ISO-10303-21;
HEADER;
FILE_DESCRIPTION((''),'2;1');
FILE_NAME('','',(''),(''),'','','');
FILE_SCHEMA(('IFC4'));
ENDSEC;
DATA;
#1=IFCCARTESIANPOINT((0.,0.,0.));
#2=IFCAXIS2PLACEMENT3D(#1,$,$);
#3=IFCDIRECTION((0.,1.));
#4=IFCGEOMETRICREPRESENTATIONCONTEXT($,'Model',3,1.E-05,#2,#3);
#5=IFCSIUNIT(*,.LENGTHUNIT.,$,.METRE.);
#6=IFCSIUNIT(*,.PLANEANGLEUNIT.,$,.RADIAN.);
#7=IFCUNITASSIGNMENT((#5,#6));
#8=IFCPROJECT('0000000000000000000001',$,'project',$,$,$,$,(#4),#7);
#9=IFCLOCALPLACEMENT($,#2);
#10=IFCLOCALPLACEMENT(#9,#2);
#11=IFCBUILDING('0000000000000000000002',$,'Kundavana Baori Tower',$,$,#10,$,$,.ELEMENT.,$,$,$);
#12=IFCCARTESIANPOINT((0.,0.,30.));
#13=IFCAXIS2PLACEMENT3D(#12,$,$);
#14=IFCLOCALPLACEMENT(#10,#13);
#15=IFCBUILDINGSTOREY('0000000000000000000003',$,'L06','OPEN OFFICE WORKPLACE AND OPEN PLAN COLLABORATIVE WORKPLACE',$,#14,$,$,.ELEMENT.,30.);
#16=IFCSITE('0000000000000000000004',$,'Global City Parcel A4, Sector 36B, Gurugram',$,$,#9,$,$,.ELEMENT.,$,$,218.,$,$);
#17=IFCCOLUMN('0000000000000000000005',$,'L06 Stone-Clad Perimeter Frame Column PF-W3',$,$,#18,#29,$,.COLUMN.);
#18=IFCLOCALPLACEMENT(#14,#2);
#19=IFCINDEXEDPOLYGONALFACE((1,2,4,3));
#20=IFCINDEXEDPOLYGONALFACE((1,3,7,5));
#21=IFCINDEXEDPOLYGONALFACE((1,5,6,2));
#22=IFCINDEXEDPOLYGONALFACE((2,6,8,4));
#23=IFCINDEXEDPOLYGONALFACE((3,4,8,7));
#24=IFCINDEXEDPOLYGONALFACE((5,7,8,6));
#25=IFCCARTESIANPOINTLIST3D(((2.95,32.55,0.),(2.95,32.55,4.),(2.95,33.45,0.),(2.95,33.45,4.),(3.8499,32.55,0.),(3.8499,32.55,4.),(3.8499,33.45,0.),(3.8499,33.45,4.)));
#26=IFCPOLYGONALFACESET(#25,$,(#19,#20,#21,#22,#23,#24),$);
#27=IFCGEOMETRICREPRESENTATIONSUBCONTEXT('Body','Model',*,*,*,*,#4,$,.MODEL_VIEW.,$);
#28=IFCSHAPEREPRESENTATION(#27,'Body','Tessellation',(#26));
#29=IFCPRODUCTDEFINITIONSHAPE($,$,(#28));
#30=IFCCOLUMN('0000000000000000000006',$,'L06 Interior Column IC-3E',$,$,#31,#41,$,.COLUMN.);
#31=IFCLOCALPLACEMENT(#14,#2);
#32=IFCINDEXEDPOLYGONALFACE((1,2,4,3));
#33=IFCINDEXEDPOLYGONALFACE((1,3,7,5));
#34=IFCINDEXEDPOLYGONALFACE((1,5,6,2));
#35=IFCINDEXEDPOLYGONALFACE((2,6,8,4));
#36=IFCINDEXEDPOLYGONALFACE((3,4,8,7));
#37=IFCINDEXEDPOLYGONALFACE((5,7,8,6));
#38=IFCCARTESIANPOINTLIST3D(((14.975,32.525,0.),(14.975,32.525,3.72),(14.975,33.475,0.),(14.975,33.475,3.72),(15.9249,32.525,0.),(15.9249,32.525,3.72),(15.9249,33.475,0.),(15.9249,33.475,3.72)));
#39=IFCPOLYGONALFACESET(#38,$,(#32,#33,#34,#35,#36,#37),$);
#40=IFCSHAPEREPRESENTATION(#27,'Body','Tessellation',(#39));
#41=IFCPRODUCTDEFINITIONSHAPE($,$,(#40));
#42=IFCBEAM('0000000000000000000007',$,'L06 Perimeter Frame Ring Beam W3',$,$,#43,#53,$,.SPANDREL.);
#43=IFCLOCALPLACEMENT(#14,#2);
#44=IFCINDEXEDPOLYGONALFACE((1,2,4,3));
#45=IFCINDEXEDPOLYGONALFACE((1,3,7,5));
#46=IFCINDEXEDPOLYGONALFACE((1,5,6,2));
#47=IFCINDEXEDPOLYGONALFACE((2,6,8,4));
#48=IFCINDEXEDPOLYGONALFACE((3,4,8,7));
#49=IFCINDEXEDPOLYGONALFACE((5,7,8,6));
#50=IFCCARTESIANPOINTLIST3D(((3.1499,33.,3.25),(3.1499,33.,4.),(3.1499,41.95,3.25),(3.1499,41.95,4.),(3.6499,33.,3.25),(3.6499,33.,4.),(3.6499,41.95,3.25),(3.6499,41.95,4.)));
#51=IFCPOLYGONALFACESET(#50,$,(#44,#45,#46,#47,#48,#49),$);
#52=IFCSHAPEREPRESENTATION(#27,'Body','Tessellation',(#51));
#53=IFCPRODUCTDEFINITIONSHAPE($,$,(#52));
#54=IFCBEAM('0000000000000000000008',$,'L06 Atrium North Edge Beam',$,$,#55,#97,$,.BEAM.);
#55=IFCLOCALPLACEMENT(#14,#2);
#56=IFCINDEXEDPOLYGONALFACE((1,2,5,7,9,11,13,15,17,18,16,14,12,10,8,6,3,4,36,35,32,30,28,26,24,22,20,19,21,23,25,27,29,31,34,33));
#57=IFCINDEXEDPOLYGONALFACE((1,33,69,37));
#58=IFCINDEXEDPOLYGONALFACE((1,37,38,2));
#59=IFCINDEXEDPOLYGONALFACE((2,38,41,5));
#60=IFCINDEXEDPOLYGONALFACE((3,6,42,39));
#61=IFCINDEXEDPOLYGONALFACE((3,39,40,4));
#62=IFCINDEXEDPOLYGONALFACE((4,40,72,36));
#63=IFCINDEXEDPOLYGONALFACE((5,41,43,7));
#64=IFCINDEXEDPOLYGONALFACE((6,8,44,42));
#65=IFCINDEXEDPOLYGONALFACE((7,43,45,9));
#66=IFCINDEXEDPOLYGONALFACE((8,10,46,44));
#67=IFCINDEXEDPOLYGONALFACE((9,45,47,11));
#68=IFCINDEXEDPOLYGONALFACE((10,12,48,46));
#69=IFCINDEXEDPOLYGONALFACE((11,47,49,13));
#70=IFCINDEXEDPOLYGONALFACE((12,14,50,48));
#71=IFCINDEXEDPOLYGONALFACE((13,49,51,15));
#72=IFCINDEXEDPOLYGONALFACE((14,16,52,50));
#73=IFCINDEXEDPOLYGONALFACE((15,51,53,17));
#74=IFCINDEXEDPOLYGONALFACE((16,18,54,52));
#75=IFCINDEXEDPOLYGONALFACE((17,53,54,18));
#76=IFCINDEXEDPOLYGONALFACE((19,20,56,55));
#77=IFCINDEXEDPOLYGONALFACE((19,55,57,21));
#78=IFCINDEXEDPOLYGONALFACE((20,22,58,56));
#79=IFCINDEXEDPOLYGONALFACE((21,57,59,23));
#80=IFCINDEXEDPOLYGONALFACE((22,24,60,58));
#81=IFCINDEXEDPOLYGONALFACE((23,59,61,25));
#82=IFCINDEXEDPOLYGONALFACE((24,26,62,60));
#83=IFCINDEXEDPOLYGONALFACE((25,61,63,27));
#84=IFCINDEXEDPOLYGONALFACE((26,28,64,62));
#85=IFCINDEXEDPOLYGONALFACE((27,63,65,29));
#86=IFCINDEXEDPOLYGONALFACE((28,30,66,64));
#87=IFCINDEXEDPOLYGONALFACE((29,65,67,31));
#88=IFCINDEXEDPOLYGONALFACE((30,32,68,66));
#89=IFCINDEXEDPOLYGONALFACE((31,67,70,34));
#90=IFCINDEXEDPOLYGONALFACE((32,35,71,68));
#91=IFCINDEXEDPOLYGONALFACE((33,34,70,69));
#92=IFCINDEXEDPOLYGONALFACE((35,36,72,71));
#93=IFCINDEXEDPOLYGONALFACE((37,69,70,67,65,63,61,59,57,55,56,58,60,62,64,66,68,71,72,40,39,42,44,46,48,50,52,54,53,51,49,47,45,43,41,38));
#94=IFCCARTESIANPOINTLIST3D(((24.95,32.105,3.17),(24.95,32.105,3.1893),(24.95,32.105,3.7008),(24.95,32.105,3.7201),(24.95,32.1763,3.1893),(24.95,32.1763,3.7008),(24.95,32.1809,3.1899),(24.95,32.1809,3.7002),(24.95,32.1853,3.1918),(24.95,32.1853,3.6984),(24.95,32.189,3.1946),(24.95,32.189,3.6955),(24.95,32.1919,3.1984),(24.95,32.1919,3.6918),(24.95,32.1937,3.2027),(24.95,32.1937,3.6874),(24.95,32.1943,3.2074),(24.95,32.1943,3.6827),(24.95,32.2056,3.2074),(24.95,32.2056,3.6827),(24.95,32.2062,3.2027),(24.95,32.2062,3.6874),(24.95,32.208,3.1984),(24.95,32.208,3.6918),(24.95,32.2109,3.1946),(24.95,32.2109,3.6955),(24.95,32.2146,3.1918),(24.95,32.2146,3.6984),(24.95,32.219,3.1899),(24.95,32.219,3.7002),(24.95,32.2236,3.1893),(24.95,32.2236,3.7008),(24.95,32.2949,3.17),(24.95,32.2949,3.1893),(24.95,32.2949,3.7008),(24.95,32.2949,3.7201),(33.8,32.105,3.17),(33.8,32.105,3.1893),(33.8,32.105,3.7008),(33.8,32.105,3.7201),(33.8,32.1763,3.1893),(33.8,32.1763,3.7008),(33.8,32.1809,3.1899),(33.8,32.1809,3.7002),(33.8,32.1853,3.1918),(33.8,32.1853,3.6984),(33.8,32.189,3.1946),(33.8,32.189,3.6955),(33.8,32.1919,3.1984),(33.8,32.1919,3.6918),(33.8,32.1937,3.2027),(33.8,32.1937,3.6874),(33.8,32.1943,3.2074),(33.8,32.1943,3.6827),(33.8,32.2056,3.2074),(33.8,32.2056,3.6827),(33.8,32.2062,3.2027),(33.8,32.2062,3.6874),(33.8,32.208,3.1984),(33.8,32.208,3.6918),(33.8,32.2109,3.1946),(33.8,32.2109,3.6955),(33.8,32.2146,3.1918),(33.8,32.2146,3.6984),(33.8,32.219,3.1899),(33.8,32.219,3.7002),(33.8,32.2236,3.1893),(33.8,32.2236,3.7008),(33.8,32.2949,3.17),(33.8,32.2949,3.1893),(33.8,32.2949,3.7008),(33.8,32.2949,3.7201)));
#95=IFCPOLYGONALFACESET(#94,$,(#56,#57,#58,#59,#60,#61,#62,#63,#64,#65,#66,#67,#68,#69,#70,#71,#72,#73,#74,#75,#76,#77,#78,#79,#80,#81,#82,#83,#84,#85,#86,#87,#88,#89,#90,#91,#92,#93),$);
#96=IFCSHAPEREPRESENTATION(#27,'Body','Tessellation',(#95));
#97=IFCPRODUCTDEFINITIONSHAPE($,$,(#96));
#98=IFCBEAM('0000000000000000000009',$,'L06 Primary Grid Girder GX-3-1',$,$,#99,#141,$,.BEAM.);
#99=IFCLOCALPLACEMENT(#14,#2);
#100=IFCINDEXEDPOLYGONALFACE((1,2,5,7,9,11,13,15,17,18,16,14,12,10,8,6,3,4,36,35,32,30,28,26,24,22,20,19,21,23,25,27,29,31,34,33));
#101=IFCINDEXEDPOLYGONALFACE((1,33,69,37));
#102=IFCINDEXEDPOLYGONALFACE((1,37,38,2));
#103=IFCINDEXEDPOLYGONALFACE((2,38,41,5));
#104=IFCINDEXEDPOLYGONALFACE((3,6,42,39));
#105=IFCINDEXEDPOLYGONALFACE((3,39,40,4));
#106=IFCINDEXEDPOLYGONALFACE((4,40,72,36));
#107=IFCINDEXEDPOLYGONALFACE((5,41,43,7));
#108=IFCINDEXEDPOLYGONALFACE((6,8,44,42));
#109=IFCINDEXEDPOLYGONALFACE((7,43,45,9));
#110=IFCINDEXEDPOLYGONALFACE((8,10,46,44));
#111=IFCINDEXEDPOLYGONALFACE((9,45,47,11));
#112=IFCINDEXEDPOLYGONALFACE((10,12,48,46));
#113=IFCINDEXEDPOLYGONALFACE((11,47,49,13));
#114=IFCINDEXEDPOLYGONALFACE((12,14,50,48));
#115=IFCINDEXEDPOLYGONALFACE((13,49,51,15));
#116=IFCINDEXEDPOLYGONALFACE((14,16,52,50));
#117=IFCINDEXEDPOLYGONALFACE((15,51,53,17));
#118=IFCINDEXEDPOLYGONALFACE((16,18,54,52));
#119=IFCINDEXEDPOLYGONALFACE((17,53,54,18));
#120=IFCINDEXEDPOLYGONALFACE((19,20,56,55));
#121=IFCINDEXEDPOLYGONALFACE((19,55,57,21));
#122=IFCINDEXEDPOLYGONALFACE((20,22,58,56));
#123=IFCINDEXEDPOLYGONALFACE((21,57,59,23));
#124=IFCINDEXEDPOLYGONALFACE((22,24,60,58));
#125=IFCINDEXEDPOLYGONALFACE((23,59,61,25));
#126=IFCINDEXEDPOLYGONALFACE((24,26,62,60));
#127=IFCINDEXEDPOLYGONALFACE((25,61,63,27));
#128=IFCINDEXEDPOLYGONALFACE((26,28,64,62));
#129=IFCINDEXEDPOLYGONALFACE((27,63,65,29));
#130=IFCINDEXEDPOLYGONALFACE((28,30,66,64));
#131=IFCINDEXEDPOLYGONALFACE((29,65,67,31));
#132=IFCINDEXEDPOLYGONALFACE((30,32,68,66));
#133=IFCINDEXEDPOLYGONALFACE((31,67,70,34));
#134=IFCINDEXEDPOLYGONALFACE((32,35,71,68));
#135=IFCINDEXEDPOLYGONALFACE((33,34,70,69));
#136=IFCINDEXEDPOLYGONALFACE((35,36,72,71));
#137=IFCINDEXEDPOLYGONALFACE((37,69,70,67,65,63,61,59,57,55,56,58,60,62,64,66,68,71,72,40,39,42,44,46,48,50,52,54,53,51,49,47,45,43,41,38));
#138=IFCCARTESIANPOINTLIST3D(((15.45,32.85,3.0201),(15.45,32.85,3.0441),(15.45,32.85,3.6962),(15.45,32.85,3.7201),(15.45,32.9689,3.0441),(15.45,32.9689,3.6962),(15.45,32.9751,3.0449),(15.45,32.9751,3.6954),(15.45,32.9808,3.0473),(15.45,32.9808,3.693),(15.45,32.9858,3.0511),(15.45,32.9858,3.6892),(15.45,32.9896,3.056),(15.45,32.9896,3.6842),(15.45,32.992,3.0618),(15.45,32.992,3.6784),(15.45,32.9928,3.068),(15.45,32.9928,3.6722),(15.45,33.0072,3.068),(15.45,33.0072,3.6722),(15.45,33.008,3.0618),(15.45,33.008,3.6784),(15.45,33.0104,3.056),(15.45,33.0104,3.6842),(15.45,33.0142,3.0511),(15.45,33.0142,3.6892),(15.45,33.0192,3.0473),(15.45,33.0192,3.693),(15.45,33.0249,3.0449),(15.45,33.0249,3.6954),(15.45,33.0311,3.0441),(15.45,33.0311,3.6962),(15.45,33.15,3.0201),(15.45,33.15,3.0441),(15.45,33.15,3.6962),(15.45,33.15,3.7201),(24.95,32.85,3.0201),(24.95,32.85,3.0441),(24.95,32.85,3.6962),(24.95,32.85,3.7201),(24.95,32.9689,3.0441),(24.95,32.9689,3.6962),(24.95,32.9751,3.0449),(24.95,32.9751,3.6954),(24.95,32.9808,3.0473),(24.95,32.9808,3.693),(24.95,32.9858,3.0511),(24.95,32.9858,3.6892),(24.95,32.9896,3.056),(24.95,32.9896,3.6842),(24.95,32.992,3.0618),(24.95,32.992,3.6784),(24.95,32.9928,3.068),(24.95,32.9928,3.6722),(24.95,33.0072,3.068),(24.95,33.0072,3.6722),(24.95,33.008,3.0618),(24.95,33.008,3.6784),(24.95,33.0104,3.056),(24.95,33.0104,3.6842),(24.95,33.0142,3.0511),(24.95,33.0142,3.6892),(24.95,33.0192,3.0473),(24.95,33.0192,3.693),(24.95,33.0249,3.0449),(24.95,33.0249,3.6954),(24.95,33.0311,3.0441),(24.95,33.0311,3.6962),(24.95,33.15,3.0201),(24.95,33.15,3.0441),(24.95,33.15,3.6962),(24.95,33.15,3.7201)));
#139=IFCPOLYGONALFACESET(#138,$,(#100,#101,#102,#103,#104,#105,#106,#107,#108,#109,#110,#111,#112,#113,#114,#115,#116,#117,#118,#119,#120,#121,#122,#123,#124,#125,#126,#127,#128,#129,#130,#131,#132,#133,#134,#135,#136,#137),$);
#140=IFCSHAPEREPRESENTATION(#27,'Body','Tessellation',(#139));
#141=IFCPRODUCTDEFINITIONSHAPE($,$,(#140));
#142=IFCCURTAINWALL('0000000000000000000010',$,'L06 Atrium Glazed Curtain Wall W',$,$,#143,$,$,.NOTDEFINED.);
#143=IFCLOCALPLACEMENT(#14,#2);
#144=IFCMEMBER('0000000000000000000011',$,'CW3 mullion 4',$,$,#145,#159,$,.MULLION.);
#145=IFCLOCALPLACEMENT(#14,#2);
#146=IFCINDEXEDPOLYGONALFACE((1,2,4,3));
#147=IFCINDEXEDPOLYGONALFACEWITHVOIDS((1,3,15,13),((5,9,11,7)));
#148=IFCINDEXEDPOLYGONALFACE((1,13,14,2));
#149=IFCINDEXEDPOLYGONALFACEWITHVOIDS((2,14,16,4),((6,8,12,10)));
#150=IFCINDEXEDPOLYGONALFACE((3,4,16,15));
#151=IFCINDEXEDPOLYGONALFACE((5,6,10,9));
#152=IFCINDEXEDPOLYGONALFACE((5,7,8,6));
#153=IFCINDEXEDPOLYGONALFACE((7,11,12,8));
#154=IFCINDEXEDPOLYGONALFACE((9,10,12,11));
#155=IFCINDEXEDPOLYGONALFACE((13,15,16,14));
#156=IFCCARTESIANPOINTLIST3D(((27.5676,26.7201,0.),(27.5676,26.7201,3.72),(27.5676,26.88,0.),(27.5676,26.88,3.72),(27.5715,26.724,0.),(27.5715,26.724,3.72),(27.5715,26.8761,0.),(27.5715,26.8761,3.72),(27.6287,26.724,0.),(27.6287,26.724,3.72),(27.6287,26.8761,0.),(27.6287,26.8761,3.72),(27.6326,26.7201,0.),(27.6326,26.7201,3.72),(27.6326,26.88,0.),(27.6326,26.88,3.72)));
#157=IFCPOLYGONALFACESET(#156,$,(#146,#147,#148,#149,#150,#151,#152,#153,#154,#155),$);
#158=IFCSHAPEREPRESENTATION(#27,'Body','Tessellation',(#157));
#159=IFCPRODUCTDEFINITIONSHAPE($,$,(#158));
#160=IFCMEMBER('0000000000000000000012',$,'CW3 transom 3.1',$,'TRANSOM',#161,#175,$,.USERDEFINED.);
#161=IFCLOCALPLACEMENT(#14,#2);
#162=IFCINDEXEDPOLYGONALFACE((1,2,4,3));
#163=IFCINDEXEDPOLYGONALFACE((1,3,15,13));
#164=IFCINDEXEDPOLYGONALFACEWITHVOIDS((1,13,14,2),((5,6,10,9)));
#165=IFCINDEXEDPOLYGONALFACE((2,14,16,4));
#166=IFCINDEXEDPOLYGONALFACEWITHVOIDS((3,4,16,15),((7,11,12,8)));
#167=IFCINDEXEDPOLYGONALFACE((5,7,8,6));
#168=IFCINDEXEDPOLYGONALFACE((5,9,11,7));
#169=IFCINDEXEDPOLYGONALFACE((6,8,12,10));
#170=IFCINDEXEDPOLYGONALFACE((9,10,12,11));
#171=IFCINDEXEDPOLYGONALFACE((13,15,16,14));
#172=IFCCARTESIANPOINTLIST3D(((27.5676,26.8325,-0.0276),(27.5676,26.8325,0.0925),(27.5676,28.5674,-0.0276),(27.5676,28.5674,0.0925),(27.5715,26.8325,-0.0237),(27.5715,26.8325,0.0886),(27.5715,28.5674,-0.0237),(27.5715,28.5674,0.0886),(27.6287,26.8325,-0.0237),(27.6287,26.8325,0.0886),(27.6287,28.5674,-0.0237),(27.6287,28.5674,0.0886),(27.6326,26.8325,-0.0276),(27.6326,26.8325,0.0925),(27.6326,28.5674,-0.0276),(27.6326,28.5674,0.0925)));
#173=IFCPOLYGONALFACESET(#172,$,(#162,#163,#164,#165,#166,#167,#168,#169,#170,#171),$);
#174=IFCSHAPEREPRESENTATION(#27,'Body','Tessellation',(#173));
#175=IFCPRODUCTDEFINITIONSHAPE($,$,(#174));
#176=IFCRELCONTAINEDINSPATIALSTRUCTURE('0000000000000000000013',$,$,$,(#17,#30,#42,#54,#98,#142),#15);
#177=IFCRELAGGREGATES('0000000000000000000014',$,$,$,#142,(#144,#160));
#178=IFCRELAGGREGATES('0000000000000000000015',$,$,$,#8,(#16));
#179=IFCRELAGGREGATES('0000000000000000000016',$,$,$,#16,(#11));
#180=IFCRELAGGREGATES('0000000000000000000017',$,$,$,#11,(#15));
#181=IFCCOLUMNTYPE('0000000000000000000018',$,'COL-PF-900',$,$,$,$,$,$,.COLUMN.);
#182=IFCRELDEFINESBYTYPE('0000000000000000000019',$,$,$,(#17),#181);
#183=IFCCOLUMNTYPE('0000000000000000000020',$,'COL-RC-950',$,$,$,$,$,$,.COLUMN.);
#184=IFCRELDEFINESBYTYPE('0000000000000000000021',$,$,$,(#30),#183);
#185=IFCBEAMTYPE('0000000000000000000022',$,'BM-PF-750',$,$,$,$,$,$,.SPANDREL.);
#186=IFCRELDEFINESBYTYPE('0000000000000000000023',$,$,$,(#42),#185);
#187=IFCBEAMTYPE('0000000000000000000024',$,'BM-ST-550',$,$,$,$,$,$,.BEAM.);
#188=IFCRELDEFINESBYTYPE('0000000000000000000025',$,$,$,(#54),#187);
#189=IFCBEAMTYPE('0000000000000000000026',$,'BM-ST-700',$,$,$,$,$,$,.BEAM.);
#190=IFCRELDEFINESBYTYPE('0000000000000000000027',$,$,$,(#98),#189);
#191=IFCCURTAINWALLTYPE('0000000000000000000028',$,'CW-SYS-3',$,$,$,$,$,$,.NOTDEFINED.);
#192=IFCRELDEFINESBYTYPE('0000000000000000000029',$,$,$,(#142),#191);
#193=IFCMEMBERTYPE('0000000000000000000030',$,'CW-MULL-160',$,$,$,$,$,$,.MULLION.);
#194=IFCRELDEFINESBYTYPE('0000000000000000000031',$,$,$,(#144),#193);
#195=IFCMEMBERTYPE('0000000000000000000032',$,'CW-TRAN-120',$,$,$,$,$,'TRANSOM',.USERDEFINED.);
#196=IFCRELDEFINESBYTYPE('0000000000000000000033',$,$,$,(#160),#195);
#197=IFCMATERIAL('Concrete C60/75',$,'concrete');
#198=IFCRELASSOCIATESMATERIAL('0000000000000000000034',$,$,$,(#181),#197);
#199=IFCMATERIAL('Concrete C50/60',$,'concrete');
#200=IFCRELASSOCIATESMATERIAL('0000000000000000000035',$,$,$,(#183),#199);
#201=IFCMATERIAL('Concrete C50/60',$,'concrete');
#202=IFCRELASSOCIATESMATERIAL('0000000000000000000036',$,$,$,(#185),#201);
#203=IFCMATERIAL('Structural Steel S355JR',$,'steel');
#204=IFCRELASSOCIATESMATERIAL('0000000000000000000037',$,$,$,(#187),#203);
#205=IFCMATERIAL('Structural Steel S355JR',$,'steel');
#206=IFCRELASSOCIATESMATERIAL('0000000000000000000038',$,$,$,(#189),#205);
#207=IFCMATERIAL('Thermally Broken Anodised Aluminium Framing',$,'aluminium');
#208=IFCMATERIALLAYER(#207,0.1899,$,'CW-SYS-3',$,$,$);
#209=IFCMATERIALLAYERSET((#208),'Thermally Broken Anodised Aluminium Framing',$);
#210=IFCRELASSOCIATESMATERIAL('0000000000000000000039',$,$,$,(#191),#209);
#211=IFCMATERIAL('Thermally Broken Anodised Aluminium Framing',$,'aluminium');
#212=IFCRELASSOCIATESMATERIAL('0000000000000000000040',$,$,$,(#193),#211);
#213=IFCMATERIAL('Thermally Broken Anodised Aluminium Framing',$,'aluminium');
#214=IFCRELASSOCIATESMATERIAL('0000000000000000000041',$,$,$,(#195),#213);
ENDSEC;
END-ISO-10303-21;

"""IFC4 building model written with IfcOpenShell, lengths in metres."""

from ifc_helpers import new_model, si_unit, direction, frame, origin, origin_2d, place, context, subcontext, project, spatial, rectangle, hollow_rectangle, i_section, extrude, material, layer, layer_set, material_profile, profile_set, type_object, element, aggregate, save


model = new_model("IFC4")

# Units and contexts
model_context = context("Model", 3, precision=1e-05, world=origin(), true_north=direction((0.0, 1.0)))
body_context = subcontext(model_context, "Body", "Model", "MODEL_VIEW")
ifc_project = project(units=[si_unit("LENGTHUNIT", "METRE"), si_unit("PLANEANGLEUNIT", "RADIAN")], contexts=[model_context])

# Site, building, storey
site_placement = place(None, origin())
site = spatial("IfcSite", under=ifc_project, at=site_placement, Name="Global City Parcel A4, Sector 36B, Gurugram", CompositionType="ELEMENT", RefElevation=218.0)
building_placement = place(site_placement, origin())
building = spatial("IfcBuilding", under=site, at=building_placement, Name="Kundavana Baori Tower", CompositionType="ELEMENT")
storey_placement = place(building_placement, frame((0.0, 0.0, 30.0)))
storey = spatial("IfcBuildingStorey", under=building, at=storey_placement, Name="L06", Description="OPEN OFFICE WORKPLACE AND OPEN PLAN COLLABORATIVE WORKPLACE", CompositionType="ELEMENT", Elevation=30.0)

# Columns
ifc_material_1 = material(Name="Concrete C60/75", Category="concrete")
ifc_material_profile_1 = material_profile(ifc_material_1, rectangle(XDim=0.8999, YDim=0.8999, at=origin_2d()), Name="RC PF 900x900")
ifc_profile_set_1 = profile_set([ifc_material_profile_1], Name="Concrete C60/75")
column_type_1 = type_object("IfcColumnType", Name="COL-PF-900", PredefinedType="COLUMN", material=ifc_profile_set_1)
column_1_placement = place(storey_placement, frame((3.3999, 33.0, 0.0), z_axis=(0.0, 0.0, 1.0), x_axis=(1.0, 0.0, 0.0)))
element("IfcColumn", 1, at=column_1_placement, inside=storey, type_object=column_type_1, Name="L06 Stone-Clad Perimeter Frame Column PF-W3", PredefinedType="COLUMN", context=body_context, shape_type="SweptSolid", body=[
    extrude(rectangle(XDim=0.8999, YDim=0.8999, at=origin_2d()), origin(), (0.0, 0.0, 1.0), 4.0),
])
ifc_material_2 = material(Name="Concrete C50/60", Category="concrete")
ifc_material_profile_2 = material_profile(ifc_material_2, rectangle(XDim=0.95, YDim=0.95, at=origin_2d()), Name="RC 950x950")
ifc_profile_set_2 = profile_set([ifc_material_profile_2], Name="Concrete C50/60")
column_type_2 = type_object("IfcColumnType", Name="COL-RC-950", PredefinedType="COLUMN", material=ifc_profile_set_2)
column_2_placement = place(storey_placement, frame((15.45, 33.0, 0.0), z_axis=(0.0, 0.0, 1.0), x_axis=(1.0, 0.0, 0.0)))
element("IfcColumn", 2, at=column_2_placement, inside=storey, type_object=column_type_2, Name="L06 Interior Column IC-3E", PredefinedType="COLUMN", context=body_context, shape_type="SweptSolid", body=[
    extrude(rectangle(XDim=0.95, YDim=0.95, at=origin_2d()), origin(), (0.0, 0.0, 1.0), 3.72),
])

# Beams
ifc_material_3 = material(Name="Concrete C50/60", Category="concrete")
ifc_material_profile_3 = material_profile(ifc_material_3, rectangle(XDim=0.5, YDim=0.75, at=origin_2d()), Name="RC BM 500x750")
ifc_profile_set_3 = profile_set([ifc_material_profile_3], Name="Concrete C50/60")
beam_type_1 = type_object("IfcBeamType", Name="BM-PF-750", PredefinedType="SPANDREL", material=ifc_profile_set_3)
beam_1_placement = place(storey_placement, frame((3.3999, 33.0, 3.625), z_axis=(0.0, 1.0, 0.0), x_axis=(-1.0, 0.0, 0.0)))
element("IfcBeam", 3, at=beam_1_placement, inside=storey, type_object=beam_type_1, Name="L06 Perimeter Frame Ring Beam W3", PredefinedType="SPANDREL", context=body_context, shape_type="SweptSolid", body=[
    extrude(rectangle(XDim=0.5, YDim=0.75, at=origin_2d()), origin(), (0.0, 0.0, 1.0), 8.95),
])
ifc_material_4 = material(Name="Structural Steel S355JR", Category="steel")
ifc_material_profile_4 = material_profile(ifc_material_4, i_section(OverallWidth=0.1899, OverallDepth=0.55, WebThickness=0.0112, FlangeThickness=0.0193, FilletRadius=0.0181, at=origin_2d()), Name="ISMB 550")
ifc_profile_set_4 = profile_set([ifc_material_profile_4], Name="Structural Steel S355JR")
beam_type_2 = type_object("IfcBeamType", Name="BM-ST-550", PredefinedType="BEAM", material=ifc_profile_set_4)
beam_2_placement = place(storey_placement, frame((24.95, 32.2, 3.4451), z_axis=(1.0, 0.0, 0.0), x_axis=(0.0, 1.0, 0.0)))
element("IfcBeam", 4, at=beam_2_placement, inside=storey, type_object=beam_type_2, Name="L06 Atrium North Edge Beam", PredefinedType="BEAM", context=body_context, shape_type="SweptSolid", body=[
    extrude(i_section(OverallWidth=0.1899, OverallDepth=0.55, WebThickness=0.0112, FlangeThickness=0.0193, FilletRadius=0.0181, at=origin_2d()), origin(), (0.0, 0.0, 1.0), 8.8501),
])
ifc_material_5 = material(Name="Structural Steel S355JR", Category="steel")
ifc_material_profile_5 = material_profile(ifc_material_5, i_section(OverallWidth=0.3, OverallDepth=0.7, WebThickness=0.0144, FlangeThickness=0.0239, FilletRadius=0.0239, at=origin_2d()), Name="NPB 700x300x170")
ifc_profile_set_5 = profile_set([ifc_material_profile_5], Name="Structural Steel S355JR")
beam_type_3 = type_object("IfcBeamType", Name="BM-ST-700", PredefinedType="BEAM", material=ifc_profile_set_5)
beam_3_placement = place(storey_placement, frame((15.45, 33.0, 3.3701), z_axis=(1.0, 0.0, 0.0), x_axis=(0.0, 1.0, 0.0)))
element("IfcBeam", 5, at=beam_3_placement, inside=storey, type_object=beam_type_3, Name="L06 Primary Grid Girder GX-3-1", PredefinedType="BEAM", context=body_context, shape_type="SweptSolid", body=[
    extrude(i_section(OverallWidth=0.3, OverallDepth=0.7, WebThickness=0.0144, FlangeThickness=0.0239, FilletRadius=0.0239, at=origin_2d()), origin(), (0.0, 0.0, 1.0), 9.5),
])

# Curtain wall, members
ifc_material_6 = material(Name="Thermally Broken Anodised Aluminium Framing", Category="aluminium")
ifc_layer_1 = layer(ifc_material_6, 0.1899, Name="CW-SYS-3")
ifc_layer_set_1 = layer_set([ifc_layer_1], Name="Thermally Broken Anodised Aluminium Framing")
curtain_wall_type = type_object("IfcCurtainWallType", Name="CW-SYS-3", PredefinedType="NOTDEFINED", material=ifc_layer_set_1)
curtain_wall_placement = place(storey_placement, origin())
curtain_wall = element("IfcCurtainWall", 6, at=curtain_wall_placement, inside=storey, type_object=curtain_wall_type, Name="L06 Atrium Glazed Curtain Wall W", PredefinedType="NOTDEFINED")
ifc_material_7 = material(Name="Thermally Broken Anodised Aluminium Framing", Category="aluminium")
ifc_material_profile_6 = material_profile(ifc_material_7, hollow_rectangle(XDim=0.0649, YDim=0.1599, WallThickness=0.0039, at=origin_2d()), Name="CW-MULL-160")
ifc_profile_set_6 = profile_set([ifc_material_profile_6], Name="Thermally Broken Anodised Aluminium Framing")
member_type_1 = type_object("IfcMemberType", Name="CW-MULL-160", PredefinedType="MULLION", material=ifc_profile_set_6)
member_1_placement = place(storey_placement, frame((27.6001, 26.8, 0.0), z_axis=(0.0, 0.0, 1.0), x_axis=(1.0, 0.0, 0.0)))
member_1 = element("IfcMember", 7, at=member_1_placement, type_object=member_type_1, Name="CW3 mullion 4", PredefinedType="MULLION", context=body_context, shape_type="SweptSolid", body=[
    extrude(hollow_rectangle(XDim=0.0649, YDim=0.1599, WallThickness=0.0039, at=origin_2d()), origin(), (0.0, 0.0, 1.0), 3.72),
])
ifc_material_8 = material(Name="Thermally Broken Anodised Aluminium Framing", Category="aluminium")
ifc_material_profile_7 = material_profile(ifc_material_8, hollow_rectangle(XDim=0.0649, YDim=0.1201, WallThickness=0.0039, at=origin_2d()), Name="CW-TRAN-120")
ifc_profile_set_7 = profile_set([ifc_material_profile_7], Name="Thermally Broken Anodised Aluminium Framing")
member_type_2 = type_object("IfcMemberType", Name="CW-TRAN-120", ElementType="TRANSOM", PredefinedType="USERDEFINED", material=ifc_profile_set_7)
member_2_placement = place(storey_placement, frame((27.6001, 28.5674, 0.0325), z_axis=(0.0, -1.0, 0.0), x_axis=(1.0, 0.0, 0.0)))
member_2 = element("IfcMember", 8, at=member_2_placement, type_object=member_type_2, Name="CW3 transom 3.1", ObjectType="TRANSOM", PredefinedType="USERDEFINED", context=body_context, shape_type="SweptSolid", body=[
    extrude(hollow_rectangle(XDim=0.0649, YDim=0.1201, WallThickness=0.0039, at=origin_2d()), origin(), (0.0, 0.0, 1.0), 1.7349),
])
aggregate(curtain_wall, [member_1, member_2])

save(model, "model.ifc")
